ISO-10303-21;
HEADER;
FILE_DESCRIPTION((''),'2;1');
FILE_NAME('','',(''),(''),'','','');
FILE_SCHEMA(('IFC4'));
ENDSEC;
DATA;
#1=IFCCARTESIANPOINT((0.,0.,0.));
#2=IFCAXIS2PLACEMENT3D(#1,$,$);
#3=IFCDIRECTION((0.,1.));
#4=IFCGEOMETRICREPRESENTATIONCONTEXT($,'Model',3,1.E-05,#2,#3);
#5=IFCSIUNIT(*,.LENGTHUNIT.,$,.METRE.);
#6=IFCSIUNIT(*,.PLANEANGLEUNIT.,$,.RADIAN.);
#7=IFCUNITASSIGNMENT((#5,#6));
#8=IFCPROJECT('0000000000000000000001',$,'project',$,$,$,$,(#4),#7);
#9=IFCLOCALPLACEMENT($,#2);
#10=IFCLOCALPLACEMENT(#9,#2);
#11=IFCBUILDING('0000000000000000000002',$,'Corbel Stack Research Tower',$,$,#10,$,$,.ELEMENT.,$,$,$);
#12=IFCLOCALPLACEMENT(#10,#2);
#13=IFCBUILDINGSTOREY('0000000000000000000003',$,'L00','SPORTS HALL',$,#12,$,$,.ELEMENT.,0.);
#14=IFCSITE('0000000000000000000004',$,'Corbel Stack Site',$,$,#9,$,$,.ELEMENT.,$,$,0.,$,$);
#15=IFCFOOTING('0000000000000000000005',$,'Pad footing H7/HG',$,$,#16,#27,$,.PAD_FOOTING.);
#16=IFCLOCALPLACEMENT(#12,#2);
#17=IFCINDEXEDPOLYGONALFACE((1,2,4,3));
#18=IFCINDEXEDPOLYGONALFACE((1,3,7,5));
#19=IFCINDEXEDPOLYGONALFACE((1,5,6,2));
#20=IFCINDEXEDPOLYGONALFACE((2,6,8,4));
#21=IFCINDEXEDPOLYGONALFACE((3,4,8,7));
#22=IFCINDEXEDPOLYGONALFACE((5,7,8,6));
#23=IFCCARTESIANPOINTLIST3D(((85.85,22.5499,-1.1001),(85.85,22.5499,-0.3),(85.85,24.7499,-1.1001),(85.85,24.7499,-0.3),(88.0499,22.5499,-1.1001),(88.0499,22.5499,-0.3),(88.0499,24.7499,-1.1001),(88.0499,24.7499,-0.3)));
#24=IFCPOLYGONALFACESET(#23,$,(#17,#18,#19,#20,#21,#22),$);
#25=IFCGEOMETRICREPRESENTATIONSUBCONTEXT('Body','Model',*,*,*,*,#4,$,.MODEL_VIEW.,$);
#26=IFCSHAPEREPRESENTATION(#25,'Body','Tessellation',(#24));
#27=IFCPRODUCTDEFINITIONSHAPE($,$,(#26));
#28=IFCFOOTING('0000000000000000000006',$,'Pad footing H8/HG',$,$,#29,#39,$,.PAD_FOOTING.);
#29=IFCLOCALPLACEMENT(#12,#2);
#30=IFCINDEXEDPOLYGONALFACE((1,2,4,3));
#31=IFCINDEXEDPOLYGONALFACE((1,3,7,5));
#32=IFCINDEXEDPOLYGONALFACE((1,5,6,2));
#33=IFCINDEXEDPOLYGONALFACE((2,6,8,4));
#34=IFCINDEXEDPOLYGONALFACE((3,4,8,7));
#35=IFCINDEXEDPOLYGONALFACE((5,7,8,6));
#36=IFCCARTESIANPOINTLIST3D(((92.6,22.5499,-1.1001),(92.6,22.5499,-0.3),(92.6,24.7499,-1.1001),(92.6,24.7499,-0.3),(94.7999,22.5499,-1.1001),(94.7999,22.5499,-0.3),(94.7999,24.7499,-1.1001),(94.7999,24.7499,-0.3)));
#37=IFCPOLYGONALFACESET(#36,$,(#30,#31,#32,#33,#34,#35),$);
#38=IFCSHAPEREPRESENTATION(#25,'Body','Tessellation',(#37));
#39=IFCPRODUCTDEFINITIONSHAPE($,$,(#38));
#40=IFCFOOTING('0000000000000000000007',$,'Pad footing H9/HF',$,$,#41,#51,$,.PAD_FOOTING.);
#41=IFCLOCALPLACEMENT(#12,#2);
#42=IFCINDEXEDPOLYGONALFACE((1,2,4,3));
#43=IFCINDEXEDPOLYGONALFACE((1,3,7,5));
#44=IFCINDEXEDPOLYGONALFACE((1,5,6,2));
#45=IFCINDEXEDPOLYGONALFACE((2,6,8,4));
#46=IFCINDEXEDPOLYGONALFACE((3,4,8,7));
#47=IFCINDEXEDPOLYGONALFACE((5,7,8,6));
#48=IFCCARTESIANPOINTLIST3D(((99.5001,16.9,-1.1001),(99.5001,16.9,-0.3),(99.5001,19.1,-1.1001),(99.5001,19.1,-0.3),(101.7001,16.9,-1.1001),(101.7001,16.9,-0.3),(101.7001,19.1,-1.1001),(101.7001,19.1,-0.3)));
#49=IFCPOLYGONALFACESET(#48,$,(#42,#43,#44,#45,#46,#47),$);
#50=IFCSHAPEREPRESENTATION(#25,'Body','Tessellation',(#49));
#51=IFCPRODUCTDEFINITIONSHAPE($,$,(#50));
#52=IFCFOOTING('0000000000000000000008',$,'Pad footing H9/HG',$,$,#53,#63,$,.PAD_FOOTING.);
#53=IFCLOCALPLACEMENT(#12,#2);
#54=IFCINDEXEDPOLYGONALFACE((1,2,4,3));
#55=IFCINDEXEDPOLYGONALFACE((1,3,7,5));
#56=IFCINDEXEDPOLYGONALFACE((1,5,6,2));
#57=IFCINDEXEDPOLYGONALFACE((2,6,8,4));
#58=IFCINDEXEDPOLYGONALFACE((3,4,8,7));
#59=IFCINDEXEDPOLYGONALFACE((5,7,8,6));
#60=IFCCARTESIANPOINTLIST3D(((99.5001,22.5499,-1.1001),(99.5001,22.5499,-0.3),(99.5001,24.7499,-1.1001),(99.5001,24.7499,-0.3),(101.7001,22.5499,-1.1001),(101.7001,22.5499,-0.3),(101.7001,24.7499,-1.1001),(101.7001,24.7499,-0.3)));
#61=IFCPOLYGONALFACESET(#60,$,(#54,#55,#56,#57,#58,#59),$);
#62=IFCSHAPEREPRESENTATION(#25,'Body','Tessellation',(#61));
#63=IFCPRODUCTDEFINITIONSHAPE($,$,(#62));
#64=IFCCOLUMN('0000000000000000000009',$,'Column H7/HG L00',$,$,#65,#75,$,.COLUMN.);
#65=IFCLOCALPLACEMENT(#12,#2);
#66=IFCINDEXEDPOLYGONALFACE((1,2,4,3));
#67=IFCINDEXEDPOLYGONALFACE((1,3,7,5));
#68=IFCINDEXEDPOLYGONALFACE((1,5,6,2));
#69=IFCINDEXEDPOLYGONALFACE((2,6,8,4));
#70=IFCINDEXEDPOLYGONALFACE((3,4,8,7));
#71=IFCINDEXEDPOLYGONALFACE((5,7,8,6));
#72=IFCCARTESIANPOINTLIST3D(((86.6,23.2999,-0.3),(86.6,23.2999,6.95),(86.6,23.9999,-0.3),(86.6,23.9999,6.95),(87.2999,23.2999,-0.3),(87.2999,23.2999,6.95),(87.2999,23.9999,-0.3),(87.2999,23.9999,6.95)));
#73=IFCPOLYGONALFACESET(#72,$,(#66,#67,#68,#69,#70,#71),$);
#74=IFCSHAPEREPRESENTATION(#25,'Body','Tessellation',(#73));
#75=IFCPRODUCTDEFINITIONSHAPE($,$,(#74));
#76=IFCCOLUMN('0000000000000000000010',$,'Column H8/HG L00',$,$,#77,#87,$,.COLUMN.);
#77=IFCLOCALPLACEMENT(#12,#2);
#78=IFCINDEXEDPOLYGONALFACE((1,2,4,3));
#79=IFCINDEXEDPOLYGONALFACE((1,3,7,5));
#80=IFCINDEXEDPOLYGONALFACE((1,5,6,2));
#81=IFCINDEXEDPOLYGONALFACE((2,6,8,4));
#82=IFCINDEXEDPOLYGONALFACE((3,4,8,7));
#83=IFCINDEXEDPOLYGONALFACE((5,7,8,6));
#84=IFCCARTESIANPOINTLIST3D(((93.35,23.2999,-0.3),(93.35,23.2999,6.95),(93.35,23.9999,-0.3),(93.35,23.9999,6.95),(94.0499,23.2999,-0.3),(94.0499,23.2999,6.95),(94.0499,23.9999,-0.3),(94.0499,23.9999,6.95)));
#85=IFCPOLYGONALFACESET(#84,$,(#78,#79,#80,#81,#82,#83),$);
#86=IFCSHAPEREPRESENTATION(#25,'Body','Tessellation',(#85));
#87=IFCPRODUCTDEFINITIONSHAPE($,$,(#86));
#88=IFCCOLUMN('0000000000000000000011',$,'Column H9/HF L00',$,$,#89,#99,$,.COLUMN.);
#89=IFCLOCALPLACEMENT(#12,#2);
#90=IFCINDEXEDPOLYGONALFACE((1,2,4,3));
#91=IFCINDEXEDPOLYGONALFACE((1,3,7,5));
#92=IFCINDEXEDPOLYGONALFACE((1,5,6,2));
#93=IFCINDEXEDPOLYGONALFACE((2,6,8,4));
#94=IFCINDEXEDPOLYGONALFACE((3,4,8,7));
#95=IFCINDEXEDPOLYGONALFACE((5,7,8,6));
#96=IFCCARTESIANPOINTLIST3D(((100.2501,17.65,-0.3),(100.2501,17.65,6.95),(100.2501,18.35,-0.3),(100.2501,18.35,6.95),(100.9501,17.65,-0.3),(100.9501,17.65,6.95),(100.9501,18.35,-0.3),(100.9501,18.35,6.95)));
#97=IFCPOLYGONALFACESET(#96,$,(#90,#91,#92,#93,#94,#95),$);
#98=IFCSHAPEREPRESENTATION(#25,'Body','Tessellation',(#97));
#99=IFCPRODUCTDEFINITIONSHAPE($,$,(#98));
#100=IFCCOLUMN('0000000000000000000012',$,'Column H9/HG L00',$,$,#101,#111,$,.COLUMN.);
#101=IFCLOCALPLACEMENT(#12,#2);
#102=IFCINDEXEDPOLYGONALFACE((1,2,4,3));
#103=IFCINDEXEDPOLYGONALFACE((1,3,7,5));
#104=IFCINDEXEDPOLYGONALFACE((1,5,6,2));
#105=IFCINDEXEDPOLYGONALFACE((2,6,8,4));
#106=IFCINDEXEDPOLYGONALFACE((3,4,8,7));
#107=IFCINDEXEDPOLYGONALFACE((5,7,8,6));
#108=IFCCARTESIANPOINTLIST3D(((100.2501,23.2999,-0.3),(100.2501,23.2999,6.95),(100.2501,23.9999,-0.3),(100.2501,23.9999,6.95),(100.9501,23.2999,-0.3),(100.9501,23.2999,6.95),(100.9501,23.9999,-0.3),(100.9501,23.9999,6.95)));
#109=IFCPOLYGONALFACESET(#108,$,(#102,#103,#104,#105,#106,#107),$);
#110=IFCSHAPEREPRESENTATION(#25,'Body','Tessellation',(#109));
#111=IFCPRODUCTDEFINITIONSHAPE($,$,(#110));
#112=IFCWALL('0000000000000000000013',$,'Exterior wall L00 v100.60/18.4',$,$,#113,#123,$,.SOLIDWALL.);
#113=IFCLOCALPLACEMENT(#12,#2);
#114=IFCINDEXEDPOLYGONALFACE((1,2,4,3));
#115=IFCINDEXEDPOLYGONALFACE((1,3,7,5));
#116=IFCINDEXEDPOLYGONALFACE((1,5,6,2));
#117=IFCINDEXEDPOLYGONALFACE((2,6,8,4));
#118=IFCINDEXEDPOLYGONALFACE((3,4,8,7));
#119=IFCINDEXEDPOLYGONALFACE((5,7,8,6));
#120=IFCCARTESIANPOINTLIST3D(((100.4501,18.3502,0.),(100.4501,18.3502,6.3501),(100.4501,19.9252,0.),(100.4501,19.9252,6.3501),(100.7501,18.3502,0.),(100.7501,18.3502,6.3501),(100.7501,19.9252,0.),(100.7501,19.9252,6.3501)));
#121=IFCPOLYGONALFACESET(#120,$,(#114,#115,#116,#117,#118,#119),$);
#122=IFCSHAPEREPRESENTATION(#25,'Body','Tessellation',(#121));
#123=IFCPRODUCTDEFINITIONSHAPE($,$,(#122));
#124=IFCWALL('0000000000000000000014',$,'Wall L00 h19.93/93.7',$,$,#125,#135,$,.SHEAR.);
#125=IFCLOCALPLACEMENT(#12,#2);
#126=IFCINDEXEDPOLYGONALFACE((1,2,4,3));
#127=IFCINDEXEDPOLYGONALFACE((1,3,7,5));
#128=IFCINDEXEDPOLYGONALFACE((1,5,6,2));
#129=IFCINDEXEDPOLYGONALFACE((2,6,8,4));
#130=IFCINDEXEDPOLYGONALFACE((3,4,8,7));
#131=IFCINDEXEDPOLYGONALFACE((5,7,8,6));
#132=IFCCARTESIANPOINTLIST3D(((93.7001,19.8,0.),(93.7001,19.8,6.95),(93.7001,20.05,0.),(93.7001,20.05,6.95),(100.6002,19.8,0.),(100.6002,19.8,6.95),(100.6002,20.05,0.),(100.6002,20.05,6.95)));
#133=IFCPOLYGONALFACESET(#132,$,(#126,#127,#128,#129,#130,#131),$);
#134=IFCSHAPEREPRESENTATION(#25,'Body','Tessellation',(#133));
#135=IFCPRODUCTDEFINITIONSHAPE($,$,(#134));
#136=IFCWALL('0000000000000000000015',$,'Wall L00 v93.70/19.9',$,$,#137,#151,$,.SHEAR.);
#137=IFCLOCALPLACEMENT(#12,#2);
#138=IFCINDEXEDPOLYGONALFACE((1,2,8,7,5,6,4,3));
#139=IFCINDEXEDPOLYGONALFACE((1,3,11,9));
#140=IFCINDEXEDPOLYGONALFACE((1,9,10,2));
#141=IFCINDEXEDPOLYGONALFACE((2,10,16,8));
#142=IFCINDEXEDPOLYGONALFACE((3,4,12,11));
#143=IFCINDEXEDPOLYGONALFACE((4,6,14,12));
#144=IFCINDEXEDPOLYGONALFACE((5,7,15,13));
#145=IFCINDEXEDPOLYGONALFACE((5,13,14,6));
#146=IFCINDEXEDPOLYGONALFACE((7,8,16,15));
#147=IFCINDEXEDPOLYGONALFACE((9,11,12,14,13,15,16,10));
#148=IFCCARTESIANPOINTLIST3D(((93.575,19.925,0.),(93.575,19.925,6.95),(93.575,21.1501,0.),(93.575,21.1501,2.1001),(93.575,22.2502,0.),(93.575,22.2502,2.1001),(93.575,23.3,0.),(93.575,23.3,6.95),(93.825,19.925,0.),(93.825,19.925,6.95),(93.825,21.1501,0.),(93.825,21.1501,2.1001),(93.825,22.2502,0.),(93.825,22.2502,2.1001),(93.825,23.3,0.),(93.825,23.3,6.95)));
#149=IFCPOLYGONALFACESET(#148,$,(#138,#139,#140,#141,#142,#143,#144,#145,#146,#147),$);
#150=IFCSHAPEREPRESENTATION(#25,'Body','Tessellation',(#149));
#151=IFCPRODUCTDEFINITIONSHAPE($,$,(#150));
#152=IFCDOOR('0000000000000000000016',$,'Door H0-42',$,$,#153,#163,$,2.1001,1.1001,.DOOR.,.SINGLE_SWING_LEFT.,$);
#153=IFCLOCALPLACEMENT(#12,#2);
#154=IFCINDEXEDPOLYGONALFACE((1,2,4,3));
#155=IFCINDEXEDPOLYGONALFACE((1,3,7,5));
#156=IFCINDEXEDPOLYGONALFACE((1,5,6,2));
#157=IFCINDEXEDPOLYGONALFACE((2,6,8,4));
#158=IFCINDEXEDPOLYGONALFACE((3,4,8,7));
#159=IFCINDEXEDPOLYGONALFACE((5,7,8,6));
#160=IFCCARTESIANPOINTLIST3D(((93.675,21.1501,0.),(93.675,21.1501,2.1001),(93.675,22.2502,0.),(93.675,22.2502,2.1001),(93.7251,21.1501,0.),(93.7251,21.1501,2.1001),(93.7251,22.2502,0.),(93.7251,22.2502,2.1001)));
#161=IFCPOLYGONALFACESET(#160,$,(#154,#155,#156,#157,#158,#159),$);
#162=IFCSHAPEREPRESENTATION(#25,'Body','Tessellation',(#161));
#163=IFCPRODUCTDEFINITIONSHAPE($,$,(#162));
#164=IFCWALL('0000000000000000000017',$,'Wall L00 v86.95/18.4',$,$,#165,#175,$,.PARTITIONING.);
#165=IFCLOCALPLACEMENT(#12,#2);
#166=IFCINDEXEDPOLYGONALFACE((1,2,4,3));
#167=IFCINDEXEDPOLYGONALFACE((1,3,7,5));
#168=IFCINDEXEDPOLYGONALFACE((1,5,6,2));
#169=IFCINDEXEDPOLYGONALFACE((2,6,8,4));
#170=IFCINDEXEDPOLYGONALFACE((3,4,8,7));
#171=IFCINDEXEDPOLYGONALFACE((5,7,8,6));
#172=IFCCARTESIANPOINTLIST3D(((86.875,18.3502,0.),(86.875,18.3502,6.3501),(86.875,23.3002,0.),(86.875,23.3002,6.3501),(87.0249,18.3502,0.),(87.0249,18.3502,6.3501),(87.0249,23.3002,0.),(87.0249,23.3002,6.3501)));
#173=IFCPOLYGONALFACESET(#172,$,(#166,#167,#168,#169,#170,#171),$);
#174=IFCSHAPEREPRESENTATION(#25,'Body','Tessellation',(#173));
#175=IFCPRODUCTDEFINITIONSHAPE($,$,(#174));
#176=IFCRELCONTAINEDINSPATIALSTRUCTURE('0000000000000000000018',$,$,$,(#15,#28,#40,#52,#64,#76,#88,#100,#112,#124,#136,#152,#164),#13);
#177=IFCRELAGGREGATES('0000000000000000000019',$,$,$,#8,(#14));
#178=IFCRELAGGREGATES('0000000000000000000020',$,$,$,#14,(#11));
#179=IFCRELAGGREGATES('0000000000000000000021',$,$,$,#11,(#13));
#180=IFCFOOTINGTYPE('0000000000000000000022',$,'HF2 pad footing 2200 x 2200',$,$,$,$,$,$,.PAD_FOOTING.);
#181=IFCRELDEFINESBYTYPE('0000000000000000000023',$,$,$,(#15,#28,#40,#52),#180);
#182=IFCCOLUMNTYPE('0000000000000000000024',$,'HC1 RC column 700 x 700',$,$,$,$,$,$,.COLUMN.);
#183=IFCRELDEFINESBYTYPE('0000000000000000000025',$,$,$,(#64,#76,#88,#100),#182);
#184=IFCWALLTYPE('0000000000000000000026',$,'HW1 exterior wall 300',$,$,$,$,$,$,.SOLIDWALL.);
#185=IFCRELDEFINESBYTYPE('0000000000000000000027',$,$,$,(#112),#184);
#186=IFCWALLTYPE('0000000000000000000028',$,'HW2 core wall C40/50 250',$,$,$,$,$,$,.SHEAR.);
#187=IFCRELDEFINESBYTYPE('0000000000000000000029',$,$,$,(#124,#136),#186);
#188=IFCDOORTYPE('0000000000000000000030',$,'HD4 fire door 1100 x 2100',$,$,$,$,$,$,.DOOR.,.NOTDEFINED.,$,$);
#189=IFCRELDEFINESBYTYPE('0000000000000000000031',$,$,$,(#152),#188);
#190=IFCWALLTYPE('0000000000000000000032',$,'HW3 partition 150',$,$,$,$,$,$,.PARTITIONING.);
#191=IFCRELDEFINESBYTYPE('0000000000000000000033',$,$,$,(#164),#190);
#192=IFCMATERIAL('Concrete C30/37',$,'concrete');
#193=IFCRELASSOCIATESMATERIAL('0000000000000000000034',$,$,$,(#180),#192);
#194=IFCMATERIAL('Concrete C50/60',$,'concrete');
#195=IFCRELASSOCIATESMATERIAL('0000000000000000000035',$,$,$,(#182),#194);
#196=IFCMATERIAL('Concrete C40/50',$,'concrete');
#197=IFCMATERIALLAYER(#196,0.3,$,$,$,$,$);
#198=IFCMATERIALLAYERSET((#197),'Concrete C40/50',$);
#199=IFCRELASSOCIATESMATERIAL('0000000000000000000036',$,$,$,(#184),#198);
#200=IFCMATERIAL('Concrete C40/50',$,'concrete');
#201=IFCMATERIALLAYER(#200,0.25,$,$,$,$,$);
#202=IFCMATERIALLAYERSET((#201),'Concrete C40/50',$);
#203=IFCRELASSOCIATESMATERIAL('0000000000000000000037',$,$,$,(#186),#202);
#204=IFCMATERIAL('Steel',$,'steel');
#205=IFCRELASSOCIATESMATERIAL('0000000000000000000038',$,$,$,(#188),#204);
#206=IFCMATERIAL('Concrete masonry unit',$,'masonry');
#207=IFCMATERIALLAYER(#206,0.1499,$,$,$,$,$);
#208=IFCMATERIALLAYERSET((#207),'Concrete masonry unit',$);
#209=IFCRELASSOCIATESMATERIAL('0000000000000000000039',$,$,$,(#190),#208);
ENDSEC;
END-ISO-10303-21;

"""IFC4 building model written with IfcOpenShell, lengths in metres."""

from ifc_helpers import new_model, si_unit, direction, frame, frame_2d, origin, origin_2d, place, context, subcontext, project, spatial, rectangle, extrude, material, layer, layer_set, material_profile, profile_set, type_object, element, fill, save


model = new_model("IFC4")

# Units and contexts
model_context = context("Model", 3, precision=1e-05, world=origin(), true_north=direction((0.0, 1.0)))
body_context = subcontext(model_context, "Body", "Model", "MODEL_VIEW")
ifc_project = project(units=[si_unit("LENGTHUNIT", "METRE"), si_unit("PLANEANGLEUNIT", "RADIAN")], contexts=[model_context])

# Site, building, storey
site_placement = place(None, origin())
site = spatial("IfcSite", under=ifc_project, at=site_placement, Name="Corbel Stack Site", CompositionType="ELEMENT", RefElevation=0.0)
building_placement = place(site_placement, origin())
building = spatial("IfcBuilding", under=site, at=building_placement, Name="Corbel Stack Research Tower", CompositionType="ELEMENT")
storey_placement = place(building_placement, origin())
storey = spatial("IfcBuildingStorey", under=building, at=storey_placement, Name="L00", Description="SPORTS HALL", CompositionType="ELEMENT", Elevation=0.0)

# Footings
ifc_material_1 = material(Name="Concrete C30/37", Category="concrete")
footing_type = type_object("IfcFootingType", Name="HF2 pad footing 2200 x 2200", PredefinedType="PAD_FOOTING", material=ifc_material_1)
for number, where, z_axis, x_axis, name in (
    (1, (86.95, 23.6499, -1.1001), (0.0, 0.0, 1.0), (1.0, 0.0, 0.0), "Pad footing H7/HG"),
    (2, (93.7, 23.6499, -1.1001), (0.0, 0.0, 1.0), (1.0, 0.0, 0.0), "Pad footing H8/HG"),
    (3, (100.6001, 18.0, -1.1001), (0.0, 0.0, 1.0), (1.0, 0.0, 0.0), "Pad footing H9/HF"),
    (4, (100.6001, 23.6499, -1.1001), (0.0, 0.0, 1.0), (1.0, 0.0, 0.0), "Pad footing H9/HG"),
):
    element("IfcFooting", number, at=place(storey_placement, frame(where, z_axis=z_axis, x_axis=x_axis)), inside=storey, type_object=footing_type, Name=name, PredefinedType="PAD_FOOTING", context=body_context, shape_type="SweptSolid", body=[
        extrude(rectangle(XDim=2.2, YDim=2.2, at=origin_2d()), origin(), (0.0, 0.0, 1.0), 0.8),
    ])

# Columns
ifc_material_2 = material(Name="Concrete C50/60", Category="concrete")
ifc_material_profile = material_profile(ifc_material_2, rectangle(XDim=0.7, YDim=0.7, at=origin_2d()), Name="RC 700 x 700")
ifc_profile_set = profile_set([ifc_material_profile], Name="Concrete C50/60")
column_type = type_object("IfcColumnType", Name="HC1 RC column 700 x 700", PredefinedType="COLUMN", material=ifc_profile_set)
for number, where, z_axis, x_axis, name in (
    (5, (86.95, 23.6499, -0.3), (0.0, 0.0, 1.0), (1.0, 0.0, 0.0), "Column H7/HG L00"),
    (6, (93.7, 23.6499, -0.3), (0.0, 0.0, 1.0), (1.0, 0.0, 0.0), "Column H8/HG L00"),
    (7, (100.6001, 18.0, -0.3), (0.0, 0.0, 1.0), (1.0, 0.0, 0.0), "Column H9/HF L00"),
    (8, (100.6001, 23.6499, -0.3), (0.0, 0.0, 1.0), (1.0, 0.0, 0.0), "Column H9/HG L00"),
):
    element("IfcColumn", number, at=place(storey_placement, frame(where, z_axis=z_axis, x_axis=x_axis)), inside=storey, type_object=column_type, Name=name, PredefinedType="COLUMN", context=body_context, shape_type="SweptSolid", body=[
        extrude(rectangle(XDim=0.7, YDim=0.7, at=origin_2d()), origin(), (0.0, 0.0, 1.0), 7.25),
    ])

# Shared definitions
ifc_material_3 = material(Name="Concrete C40/50", Category="concrete")
ifc_layer_1 = layer(ifc_material_3, 0.3)
ifc_layer_set_1 = layer_set([ifc_layer_1], Name="Concrete C40/50")
wall_type_1 = type_object("IfcWallType", Name="HW1 exterior wall 300", PredefinedType="SOLIDWALL", material=ifc_layer_set_1)

# Walls
wall_1_placement = place(storey_placement, frame((100.6001, 18.3501, 0.0), z_axis=(0.0, 0.0, 1.0), x_axis=(0.0, 1.0, 0.0)))
element("IfcWall", 9, at=wall_1_placement, inside=storey, type_object=wall_type_1, Name="Exterior wall L00 v100.60/18.4", PredefinedType="SOLIDWALL", context=body_context, shape_type="SweptSolid", body=[
    extrude(rectangle(XDim=1.575, YDim=0.3, at=frame_2d((0.7876, 0.0))), origin(), (0.0, 0.0, 1.0), 6.3501),
])
ifc_material_4 = material(Name="Concrete C40/50", Category="concrete")
ifc_layer_2 = layer(ifc_material_4, 0.25)
ifc_layer_set_2 = layer_set([ifc_layer_2], Name="Concrete C40/50")
wall_type_2 = type_object("IfcWallType", Name="HW2 core wall C40/50 250", PredefinedType="SHEAR", material=ifc_layer_set_2)
wall_2_placement = place(storey_placement, frame((93.7, 19.925, 0.0), z_axis=(0.0, 0.0, 1.0), x_axis=(1.0, 0.0, 0.0)))
element("IfcWall", 10, at=wall_2_placement, inside=storey, type_object=wall_type_2, Name="Wall L00 h19.93/93.7", PredefinedType="SHEAR", context=body_context, shape_type="SweptSolid", body=[
    extrude(rectangle(XDim=6.9001, YDim=0.25, at=frame_2d((3.4502, 0.0))), origin(), (0.0, 0.0, 1.0), 6.95),
])

# Wall, opening, door
wall_3_placement = place(storey_placement, frame((93.7, 19.925, 0.0), z_axis=(0.0, 0.0, 1.0), x_axis=(0.0, 1.0, 0.0)))
wall_3 = element("IfcWall", 11, at=wall_3_placement, inside=storey, type_object=wall_type_2, Name="Wall L00 v93.70/19.9", PredefinedType="SHEAR", context=body_context, shape_type="SweptSolid", body=[
    extrude(rectangle(XDim=3.375, YDim=0.25, at=frame_2d((1.6875, 0.0))), origin(), (0.0, 0.0, 1.0), 6.95),
])
opening_1_placement = place(wall_3_placement, frame((1.2251, 0.0, 0.0)))
opening_1 = element("IfcOpeningElement", 12, at=opening_1_placement, cuts=wall_3, PredefinedType="OPENING", context=body_context, shape_type="SweptSolid", body=[
    extrude(rectangle(XDim=1.1001, YDim=2.1001, at=frame_2d((0.55, 1.05))), frame((0.0, 0.135, 0.0), z_axis=(0.0, -1.0, 0.0), x_axis=(1.0, 0.0, 0.0)), (0.0, 0.0, 1.0), 0.27),
])
ifc_material_5 = material(Name="Steel", Category="steel")
door_type_1 = type_object("IfcDoorType", Name="HD4 fire door 1100 x 2100", OperationType="NOTDEFINED", PredefinedType="DOOR", material=ifc_material_5)
door_1_placement = place(opening_1_placement, origin())
door_1 = element("IfcDoor", 13, at=door_1_placement, inside=storey, type_object=door_type_1, Name="Door H0-42", OperationType="SINGLE_SWING_LEFT", OverallHeight=2.1001, OverallWidth=1.1001, PredefinedType="DOOR", context=body_context, shape_type="SweptSolid", body=[
    extrude(rectangle(XDim=1.1001, YDim=2.1001, at=frame_2d((0.55, 1.05))), frame((0.0, 0.0249, 0.0), z_axis=(0.0, -1.0, 0.0), x_axis=(1.0, 0.0, 0.0)), (0.0, 0.0, 1.0), 0.05),
])
fill(opening_1, door_1)

# Wall
ifc_material_6 = material(Name="Concrete masonry unit", Category="masonry")
ifc_layer_3 = layer(ifc_material_6, 0.1499)
ifc_layer_set_3 = layer_set([ifc_layer_3], Name="Concrete masonry unit")
wall_type_3 = type_object("IfcWallType", Name="HW3 partition 150", PredefinedType="PARTITIONING", material=ifc_layer_set_3)
wall_4_placement = place(storey_placement, frame((86.95, 18.3501, 0.0), z_axis=(0.0, 0.0, 1.0), x_axis=(0.0, 1.0, 0.0)))
element("IfcWall", 14, at=wall_4_placement, inside=storey, type_object=wall_type_3, Name="Wall L00 v86.95/18.4", PredefinedType="PARTITIONING", context=body_context, shape_type="SweptSolid", body=[
    extrude(rectangle(XDim=4.95, YDim=0.1499, at=frame_2d((2.4751, 0.0))), origin(), (0.0, 0.0, 1.0), 6.3501),
])

save(model, "model.ifc")
